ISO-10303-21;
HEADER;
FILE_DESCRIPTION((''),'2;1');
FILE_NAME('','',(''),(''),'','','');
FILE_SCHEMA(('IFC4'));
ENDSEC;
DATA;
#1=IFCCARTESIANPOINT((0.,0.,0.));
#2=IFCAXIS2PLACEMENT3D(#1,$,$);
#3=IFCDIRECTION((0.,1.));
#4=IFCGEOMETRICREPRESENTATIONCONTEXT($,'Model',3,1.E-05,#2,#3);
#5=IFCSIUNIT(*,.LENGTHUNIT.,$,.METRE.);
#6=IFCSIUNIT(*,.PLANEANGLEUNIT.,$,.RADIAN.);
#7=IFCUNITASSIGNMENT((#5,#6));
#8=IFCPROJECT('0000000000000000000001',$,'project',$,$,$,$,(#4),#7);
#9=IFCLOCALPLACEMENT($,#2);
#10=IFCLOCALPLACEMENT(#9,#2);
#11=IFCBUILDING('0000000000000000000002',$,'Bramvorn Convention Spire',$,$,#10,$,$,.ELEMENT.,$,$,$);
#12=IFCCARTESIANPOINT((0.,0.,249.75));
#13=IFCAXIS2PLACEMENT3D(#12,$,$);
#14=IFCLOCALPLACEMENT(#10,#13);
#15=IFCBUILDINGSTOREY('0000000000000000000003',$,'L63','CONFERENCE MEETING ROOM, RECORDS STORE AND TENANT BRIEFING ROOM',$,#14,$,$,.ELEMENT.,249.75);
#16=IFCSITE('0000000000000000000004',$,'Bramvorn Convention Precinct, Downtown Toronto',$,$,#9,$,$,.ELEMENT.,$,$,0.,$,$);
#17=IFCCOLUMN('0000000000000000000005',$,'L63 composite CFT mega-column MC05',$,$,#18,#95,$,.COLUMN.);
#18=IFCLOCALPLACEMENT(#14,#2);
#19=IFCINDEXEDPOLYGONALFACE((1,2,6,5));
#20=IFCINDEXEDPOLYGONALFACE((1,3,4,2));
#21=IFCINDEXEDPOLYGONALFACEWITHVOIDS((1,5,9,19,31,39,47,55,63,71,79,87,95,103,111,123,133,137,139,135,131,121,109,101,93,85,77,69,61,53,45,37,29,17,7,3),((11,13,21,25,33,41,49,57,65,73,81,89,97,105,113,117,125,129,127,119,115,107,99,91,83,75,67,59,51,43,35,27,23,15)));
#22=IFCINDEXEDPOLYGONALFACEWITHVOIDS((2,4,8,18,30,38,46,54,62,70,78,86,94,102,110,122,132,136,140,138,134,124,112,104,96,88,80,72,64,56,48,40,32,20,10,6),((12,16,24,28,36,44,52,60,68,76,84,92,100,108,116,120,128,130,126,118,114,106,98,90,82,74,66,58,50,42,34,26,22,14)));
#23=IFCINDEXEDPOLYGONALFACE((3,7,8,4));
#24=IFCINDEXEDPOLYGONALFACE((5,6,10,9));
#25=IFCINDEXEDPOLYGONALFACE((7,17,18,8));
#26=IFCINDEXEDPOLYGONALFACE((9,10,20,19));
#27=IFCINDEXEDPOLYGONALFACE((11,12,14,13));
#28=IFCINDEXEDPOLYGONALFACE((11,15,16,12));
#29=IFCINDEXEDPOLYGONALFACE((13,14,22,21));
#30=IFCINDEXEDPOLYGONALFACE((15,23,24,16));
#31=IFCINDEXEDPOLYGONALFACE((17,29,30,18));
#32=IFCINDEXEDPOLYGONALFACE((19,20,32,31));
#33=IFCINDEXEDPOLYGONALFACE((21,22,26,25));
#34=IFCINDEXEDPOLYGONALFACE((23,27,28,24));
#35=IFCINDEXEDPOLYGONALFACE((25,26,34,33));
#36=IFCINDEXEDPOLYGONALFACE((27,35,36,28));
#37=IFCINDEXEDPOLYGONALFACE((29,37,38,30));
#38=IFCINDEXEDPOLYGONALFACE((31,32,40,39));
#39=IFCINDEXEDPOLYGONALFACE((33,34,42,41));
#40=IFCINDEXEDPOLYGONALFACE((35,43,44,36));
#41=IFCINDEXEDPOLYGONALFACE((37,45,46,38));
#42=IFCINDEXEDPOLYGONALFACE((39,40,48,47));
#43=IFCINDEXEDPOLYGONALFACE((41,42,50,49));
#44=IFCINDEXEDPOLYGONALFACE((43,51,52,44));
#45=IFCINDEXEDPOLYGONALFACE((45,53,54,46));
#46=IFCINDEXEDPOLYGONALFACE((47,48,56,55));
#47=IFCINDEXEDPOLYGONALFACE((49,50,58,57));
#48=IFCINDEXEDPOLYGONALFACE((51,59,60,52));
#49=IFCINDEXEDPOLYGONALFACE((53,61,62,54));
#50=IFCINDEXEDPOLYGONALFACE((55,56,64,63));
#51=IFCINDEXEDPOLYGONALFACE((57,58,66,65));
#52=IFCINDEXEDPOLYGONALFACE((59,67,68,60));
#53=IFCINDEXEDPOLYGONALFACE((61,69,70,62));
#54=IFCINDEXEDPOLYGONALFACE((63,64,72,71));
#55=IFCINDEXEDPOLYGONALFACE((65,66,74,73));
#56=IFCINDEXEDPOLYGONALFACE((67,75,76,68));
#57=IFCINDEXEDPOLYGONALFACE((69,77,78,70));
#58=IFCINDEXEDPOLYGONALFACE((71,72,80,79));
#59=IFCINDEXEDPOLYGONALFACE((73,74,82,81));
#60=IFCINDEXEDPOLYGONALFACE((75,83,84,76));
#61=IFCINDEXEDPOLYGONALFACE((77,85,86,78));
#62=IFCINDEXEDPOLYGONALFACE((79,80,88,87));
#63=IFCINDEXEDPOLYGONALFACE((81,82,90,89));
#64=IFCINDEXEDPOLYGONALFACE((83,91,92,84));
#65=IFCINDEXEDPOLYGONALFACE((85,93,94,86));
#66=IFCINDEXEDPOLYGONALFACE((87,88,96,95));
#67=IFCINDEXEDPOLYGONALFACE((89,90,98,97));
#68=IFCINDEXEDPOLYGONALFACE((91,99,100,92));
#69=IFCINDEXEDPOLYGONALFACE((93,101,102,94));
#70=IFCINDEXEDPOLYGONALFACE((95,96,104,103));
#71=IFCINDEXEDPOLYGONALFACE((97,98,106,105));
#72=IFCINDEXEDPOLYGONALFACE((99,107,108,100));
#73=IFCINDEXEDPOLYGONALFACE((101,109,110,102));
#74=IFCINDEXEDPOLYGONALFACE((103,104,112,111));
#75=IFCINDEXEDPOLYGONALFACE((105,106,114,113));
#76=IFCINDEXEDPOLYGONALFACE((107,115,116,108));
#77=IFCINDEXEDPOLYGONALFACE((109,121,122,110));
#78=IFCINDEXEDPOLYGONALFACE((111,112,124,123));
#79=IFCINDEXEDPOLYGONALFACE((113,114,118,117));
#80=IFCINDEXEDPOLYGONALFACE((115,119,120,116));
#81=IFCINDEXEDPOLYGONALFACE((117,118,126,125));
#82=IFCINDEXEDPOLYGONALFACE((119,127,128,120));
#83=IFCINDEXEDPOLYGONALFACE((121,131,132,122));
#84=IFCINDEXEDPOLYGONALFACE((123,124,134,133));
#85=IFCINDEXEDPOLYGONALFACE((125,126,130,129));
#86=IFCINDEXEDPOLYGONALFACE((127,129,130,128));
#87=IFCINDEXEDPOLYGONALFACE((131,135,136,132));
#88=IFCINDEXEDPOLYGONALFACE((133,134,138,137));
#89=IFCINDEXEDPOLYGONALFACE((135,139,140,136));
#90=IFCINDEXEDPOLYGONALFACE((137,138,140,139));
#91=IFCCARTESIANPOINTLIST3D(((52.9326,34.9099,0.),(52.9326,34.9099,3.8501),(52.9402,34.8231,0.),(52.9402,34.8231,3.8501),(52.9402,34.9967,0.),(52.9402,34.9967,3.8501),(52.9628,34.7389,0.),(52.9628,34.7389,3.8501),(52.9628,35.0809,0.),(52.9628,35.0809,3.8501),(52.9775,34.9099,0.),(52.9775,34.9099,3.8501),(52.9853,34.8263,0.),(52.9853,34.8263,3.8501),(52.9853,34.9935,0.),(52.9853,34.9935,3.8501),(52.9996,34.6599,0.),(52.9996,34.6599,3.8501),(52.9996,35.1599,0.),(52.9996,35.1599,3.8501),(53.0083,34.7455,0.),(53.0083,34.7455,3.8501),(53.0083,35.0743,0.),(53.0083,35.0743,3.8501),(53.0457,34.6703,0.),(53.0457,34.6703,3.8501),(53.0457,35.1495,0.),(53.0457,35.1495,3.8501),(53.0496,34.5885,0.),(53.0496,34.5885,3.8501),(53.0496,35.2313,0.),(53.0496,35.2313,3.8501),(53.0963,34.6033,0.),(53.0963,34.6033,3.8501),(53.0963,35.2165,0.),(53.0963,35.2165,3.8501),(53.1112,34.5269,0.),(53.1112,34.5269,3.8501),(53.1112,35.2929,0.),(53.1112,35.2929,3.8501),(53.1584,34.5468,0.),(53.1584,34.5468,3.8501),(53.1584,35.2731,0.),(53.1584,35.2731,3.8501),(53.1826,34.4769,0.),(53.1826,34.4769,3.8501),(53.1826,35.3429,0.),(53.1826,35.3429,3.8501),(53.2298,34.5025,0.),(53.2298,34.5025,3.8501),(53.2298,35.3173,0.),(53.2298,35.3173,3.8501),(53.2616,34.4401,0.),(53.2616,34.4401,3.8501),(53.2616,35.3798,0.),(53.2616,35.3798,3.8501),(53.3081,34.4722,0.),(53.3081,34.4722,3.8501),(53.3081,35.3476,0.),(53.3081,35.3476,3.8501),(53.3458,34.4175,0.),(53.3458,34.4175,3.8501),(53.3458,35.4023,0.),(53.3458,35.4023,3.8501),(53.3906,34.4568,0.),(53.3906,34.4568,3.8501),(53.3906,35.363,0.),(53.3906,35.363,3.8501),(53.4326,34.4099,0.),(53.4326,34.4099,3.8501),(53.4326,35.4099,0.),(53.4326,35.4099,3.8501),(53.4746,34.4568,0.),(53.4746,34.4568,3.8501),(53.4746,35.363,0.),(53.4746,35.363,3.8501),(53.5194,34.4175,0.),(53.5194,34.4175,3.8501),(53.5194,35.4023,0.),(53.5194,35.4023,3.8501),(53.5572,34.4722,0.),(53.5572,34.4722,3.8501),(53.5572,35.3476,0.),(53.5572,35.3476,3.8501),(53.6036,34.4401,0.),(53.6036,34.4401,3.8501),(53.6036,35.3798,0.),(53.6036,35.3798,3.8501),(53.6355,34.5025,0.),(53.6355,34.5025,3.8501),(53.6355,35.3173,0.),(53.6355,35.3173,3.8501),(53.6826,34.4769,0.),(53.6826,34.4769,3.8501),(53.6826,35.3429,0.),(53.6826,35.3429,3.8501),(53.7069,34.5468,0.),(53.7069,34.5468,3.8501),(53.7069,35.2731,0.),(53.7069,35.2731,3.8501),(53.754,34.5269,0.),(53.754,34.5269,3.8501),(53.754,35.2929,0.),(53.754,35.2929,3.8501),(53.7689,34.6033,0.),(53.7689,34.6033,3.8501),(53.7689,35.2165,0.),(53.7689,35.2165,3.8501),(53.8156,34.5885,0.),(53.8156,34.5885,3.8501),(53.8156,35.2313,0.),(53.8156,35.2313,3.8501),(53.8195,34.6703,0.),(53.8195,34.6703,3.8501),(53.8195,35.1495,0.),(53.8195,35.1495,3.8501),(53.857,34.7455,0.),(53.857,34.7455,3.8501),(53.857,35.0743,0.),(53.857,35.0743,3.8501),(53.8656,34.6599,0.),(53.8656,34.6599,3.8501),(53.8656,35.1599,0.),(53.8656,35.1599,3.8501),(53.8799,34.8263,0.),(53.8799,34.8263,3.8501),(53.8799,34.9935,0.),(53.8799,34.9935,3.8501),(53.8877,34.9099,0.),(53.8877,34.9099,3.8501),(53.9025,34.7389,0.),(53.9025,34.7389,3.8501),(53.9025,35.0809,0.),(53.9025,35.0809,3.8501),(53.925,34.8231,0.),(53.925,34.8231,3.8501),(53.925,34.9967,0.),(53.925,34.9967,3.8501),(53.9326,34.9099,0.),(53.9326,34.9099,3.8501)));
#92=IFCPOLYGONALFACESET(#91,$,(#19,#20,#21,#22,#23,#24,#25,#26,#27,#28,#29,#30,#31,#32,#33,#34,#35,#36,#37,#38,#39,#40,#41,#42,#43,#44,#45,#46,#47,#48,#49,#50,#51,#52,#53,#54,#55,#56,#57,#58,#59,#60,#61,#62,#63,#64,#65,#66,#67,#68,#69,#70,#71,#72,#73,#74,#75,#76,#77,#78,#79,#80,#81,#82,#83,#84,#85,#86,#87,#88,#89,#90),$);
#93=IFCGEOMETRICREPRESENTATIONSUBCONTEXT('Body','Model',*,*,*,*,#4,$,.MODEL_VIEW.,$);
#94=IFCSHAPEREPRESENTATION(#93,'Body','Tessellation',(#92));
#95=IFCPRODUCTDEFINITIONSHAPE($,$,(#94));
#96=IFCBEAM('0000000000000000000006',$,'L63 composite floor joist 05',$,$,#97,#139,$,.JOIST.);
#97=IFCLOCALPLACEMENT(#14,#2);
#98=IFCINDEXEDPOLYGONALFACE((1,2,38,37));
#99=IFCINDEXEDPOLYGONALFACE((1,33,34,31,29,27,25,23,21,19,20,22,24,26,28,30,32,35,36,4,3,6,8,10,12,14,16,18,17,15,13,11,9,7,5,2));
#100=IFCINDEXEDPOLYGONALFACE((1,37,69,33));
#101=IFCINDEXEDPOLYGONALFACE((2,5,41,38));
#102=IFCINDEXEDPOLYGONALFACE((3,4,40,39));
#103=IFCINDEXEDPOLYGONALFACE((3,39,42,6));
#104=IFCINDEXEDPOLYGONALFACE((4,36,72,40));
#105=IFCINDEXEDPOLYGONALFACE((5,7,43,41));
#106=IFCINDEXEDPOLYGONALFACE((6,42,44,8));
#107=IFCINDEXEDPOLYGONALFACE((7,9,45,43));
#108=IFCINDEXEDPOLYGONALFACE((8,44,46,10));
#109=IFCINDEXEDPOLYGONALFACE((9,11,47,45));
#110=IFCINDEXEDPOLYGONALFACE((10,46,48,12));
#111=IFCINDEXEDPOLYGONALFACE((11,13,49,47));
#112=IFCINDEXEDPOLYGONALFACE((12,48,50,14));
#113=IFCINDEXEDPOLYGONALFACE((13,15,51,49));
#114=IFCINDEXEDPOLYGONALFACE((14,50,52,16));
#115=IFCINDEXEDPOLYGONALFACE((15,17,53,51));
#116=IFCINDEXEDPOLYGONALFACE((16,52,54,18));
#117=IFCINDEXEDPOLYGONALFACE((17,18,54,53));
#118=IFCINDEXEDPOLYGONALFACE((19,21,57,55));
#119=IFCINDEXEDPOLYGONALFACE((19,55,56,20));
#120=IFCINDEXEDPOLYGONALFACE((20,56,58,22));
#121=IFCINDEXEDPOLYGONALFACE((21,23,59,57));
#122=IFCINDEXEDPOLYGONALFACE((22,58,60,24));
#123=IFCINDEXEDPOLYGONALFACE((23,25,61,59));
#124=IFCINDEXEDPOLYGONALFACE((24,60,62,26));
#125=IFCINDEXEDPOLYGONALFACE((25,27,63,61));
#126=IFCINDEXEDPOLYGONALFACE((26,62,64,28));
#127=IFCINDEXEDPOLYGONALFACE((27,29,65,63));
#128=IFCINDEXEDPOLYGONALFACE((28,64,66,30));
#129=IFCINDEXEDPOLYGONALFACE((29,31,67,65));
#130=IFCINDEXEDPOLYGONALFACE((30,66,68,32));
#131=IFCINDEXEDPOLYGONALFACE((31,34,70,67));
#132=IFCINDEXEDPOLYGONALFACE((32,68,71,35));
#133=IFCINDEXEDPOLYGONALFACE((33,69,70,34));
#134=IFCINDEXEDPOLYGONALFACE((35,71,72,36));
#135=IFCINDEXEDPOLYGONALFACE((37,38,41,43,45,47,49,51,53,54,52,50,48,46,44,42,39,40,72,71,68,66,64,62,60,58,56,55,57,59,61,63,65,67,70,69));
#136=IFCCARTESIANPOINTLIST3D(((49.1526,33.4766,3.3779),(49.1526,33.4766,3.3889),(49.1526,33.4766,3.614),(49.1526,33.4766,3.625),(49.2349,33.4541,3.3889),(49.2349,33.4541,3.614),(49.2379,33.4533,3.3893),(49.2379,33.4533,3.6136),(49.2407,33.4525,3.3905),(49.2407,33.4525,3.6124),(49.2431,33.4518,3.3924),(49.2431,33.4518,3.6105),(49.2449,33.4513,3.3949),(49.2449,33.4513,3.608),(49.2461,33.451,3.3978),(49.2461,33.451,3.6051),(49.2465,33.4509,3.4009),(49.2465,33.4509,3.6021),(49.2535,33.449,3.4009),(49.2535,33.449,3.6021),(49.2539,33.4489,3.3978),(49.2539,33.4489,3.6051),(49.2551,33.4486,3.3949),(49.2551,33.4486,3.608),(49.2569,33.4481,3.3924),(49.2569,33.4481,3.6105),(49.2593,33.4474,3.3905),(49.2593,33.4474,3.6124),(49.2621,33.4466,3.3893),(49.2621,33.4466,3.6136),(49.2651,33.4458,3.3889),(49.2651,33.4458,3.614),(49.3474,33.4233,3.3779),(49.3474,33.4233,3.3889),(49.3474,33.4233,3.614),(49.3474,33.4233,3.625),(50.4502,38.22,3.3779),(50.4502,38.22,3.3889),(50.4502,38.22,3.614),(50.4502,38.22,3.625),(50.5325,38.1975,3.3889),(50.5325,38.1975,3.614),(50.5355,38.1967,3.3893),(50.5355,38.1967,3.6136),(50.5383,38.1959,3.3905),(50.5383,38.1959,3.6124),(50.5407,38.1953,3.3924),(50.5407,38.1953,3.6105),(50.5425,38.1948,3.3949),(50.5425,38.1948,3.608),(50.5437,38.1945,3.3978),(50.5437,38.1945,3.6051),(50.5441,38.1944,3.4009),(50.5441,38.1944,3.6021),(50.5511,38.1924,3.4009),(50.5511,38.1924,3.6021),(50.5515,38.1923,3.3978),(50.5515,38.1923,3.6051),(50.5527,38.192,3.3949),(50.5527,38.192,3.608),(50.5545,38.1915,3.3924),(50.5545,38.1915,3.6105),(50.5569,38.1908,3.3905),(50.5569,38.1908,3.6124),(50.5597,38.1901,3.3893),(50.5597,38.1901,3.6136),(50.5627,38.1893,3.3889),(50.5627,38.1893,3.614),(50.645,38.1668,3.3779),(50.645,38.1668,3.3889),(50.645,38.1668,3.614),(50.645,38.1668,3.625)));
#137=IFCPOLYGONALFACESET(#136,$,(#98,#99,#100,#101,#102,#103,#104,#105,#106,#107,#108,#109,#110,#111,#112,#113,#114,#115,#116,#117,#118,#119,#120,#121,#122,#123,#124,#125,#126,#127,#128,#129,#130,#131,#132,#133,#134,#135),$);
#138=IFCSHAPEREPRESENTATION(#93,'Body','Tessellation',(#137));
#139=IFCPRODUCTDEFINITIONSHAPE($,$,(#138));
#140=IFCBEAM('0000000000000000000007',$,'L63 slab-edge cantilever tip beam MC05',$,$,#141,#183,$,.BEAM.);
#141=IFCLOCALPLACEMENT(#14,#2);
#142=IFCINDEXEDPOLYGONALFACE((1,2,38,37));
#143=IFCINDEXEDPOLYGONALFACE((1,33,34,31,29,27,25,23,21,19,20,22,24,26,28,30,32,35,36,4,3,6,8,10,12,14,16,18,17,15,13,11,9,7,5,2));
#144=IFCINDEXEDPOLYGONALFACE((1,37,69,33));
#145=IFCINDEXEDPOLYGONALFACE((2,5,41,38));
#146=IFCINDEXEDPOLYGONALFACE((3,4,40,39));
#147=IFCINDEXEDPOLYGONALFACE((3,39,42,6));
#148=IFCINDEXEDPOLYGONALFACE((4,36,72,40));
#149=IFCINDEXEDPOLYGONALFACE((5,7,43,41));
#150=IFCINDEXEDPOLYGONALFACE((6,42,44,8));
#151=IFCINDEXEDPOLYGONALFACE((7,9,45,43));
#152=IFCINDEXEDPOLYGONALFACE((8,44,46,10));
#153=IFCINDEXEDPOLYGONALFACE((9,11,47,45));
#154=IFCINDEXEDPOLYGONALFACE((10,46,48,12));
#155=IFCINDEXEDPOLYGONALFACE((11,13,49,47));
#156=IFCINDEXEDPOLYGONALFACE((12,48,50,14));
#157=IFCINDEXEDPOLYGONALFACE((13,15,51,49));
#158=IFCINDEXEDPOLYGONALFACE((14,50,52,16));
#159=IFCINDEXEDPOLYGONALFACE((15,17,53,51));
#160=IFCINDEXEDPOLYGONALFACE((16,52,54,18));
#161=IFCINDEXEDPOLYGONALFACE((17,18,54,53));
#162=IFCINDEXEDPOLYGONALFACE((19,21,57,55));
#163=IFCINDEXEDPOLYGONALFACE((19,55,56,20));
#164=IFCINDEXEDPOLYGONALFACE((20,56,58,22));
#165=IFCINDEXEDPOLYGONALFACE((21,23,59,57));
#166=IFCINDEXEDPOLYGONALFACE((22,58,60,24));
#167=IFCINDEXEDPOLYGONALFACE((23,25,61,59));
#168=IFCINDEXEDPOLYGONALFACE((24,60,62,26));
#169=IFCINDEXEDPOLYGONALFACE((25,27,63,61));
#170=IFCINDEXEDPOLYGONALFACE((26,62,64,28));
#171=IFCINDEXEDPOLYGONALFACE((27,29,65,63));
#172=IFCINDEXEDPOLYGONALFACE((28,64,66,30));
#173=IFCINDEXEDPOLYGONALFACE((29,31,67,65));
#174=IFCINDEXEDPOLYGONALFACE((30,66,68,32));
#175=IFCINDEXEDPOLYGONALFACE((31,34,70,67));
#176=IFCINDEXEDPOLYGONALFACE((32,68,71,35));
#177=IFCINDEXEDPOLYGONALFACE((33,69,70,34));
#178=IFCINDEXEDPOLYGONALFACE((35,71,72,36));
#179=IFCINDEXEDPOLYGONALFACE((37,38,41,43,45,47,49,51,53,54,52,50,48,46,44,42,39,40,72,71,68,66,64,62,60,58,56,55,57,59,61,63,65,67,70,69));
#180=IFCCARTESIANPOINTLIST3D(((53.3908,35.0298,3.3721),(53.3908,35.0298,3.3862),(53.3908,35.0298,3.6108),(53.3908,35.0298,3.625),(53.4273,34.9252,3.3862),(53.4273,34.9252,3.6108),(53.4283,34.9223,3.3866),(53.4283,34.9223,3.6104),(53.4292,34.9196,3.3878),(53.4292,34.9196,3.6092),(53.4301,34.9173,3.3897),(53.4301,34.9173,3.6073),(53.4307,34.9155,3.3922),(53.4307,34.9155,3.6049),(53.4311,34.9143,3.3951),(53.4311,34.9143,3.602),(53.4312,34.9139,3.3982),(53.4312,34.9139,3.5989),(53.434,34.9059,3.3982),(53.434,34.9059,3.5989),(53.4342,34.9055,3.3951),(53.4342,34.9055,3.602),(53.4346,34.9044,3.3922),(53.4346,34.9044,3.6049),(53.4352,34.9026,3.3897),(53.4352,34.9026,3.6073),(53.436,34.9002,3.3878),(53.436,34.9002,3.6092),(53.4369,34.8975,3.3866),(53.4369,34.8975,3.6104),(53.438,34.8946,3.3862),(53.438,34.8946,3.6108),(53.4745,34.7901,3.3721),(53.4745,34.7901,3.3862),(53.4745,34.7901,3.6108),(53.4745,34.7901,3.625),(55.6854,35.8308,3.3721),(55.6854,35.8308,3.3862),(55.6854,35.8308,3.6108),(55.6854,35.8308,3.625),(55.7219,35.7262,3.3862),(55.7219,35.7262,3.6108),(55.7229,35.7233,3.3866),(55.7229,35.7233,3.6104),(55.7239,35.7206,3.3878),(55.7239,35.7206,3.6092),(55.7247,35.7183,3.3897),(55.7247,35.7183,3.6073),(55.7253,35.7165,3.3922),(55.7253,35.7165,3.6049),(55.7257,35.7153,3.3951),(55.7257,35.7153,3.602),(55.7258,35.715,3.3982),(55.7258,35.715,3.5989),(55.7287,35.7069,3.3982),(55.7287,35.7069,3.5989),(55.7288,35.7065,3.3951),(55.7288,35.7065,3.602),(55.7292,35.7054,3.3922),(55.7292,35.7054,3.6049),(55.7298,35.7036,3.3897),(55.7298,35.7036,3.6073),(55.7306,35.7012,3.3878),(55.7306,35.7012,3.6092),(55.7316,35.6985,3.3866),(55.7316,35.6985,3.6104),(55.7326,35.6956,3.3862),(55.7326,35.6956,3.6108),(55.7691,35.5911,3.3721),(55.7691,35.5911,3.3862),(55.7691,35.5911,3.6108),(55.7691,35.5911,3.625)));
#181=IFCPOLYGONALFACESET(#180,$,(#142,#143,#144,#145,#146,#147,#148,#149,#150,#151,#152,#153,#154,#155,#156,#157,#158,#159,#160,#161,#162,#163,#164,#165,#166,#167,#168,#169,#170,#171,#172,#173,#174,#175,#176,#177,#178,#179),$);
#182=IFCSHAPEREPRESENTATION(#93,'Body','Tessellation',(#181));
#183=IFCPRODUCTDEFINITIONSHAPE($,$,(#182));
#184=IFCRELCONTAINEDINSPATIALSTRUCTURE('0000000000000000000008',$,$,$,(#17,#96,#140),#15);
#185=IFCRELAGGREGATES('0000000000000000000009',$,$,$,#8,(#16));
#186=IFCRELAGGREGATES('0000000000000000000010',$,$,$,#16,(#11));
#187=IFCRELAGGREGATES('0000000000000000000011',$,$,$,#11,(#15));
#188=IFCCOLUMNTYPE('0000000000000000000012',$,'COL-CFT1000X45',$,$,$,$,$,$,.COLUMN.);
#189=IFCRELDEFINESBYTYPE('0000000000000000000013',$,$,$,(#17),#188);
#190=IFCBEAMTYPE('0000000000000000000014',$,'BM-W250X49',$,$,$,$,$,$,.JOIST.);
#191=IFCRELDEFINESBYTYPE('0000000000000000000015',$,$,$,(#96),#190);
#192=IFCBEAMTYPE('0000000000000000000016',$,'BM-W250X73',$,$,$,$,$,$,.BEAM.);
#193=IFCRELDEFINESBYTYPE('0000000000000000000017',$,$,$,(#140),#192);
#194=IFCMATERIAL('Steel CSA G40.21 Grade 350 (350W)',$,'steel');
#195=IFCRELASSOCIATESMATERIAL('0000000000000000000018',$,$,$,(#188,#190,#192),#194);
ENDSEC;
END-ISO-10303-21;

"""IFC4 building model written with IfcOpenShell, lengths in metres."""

from ifc_helpers import new_model, si_unit, direction, frame, origin, origin_2d, place, context, subcontext, project, spatial, hollow_circle, i_section, extrude, material, material_profile, profile_set, type_object, element, save


model = new_model("IFC4")

# Units and contexts
model_context = context("Model", 3, precision=1e-05, world=origin(), true_north=direction((0.0, 1.0)))
body_context = subcontext(model_context, "Body", "Model", "MODEL_VIEW")
ifc_project = project(units=[si_unit("LENGTHUNIT", "METRE"), si_unit("PLANEANGLEUNIT", "RADIAN")], contexts=[model_context])

# Site, building, storey
site_placement = place(None, origin())
site = spatial("IfcSite", under=ifc_project, at=site_placement, Name="Bramvorn Convention Precinct, Downtown Toronto", CompositionType="ELEMENT", RefElevation=0.0)
building_placement = place(site_placement, origin())
building = spatial("IfcBuilding", under=site, at=building_placement, Name="Bramvorn Convention Spire", CompositionType="ELEMENT")
storey_placement = place(building_placement, frame((0.0, 0.0, 249.75)))
storey = spatial("IfcBuildingStorey", under=building, at=storey_placement, Name="L63", Description="CONFERENCE MEETING ROOM, RECORDS STORE AND TENANT BRIEFING ROOM", CompositionType="ELEMENT", Elevation=249.75)

# Column
ifc_material_1 = material(Name="Steel CSA G40.21 Grade 350 (350W)", Category="steel")
ifc_material_profile_1 = material_profile(ifc_material_1, hollow_circle(Radius=0.5, WallThickness=0.0449, at=origin_2d()))
ifc_profile_set_1 = profile_set([ifc_material_profile_1], Name="Steel CSA G40.21 Grade 350 (350W) - CFT1000X45")
column_type = type_object("IfcColumnType", Name="COL-CFT1000X45", PredefinedType="COLUMN", material=ifc_profile_set_1)
column_placement = place(storey_placement, frame((53.4326, 34.9099, 0.0), z_axis=(0.0, 0.0, 1.0), x_axis=(1.0, 0.0, 0.0)))
element("IfcColumn", 1, at=column_placement, inside=storey, type_object=column_type, Name="L63 composite CFT mega-column MC05", PredefinedType="COLUMN", context=body_context, shape_type="SweptSolid", body=[
    extrude(hollow_circle(Radius=0.5, WallThickness=0.0449, at=origin_2d()), origin(), (0.0, 0.0, 1.0), 3.8501),
])

# Beams
ifc_material_profile_2 = material_profile(ifc_material_1, i_section(OverallWidth=0.2019, OverallDepth=0.2471, WebThickness=0.0073, FlangeThickness=0.011, FilletRadius=0.012, at=origin_2d()))
ifc_profile_set_2 = profile_set([ifc_material_profile_2], Name="Steel CSA G40.21 Grade 350 (350W) - W250X49")
beam_type_1 = type_object("IfcBeamType", Name="BM-W250X49", PredefinedType="JOIST", material=ifc_profile_set_2)
beam_1_placement = place(storey_placement, frame((49.25, 33.45, 3.5015), z_axis=(0.263865, 0.96456, 0.0), x_axis=(-0.96456, 0.263865, 0.0)))
element("IfcBeam", 2, at=beam_1_placement, inside=storey, type_object=beam_type_1, Name="L63 composite floor joist 05", PredefinedType="JOIST", context=body_context, shape_type="SweptSolid", body=[
    extrude(i_section(OverallWidth=0.2019, OverallDepth=0.2471, WebThickness=0.0073, FlangeThickness=0.011, FilletRadius=0.012, at=origin_2d()), origin(), (0.0, 0.0, 1.0), 4.9177),
])
ifc_material_profile_3 = material_profile(ifc_material_1, i_section(OverallWidth=0.2539, OverallDepth=0.2529, WebThickness=0.0085, FlangeThickness=0.0142, FilletRadius=0.012, at=origin_2d()))
ifc_profile_set_3 = profile_set([ifc_material_profile_3], Name="Steel CSA G40.21 Grade 350 (350W) - W250X73")
beam_type_2 = type_object("IfcBeamType", Name="BM-W250X73", PredefinedType="BEAM", material=ifc_profile_set_3)
beam_2_placement = place(storey_placement, frame((53.4326, 34.9099, 3.4985), z_axis=(0.944129, 0.329576, 0.0), x_axis=(-0.329576, 0.944129, 0.0)))
element("IfcBeam", 3, at=beam_2_placement, inside=storey, type_object=beam_type_2, Name="L63 slab-edge cantilever tip beam MC05", PredefinedType="BEAM", context=body_context, shape_type="SweptSolid", body=[
    extrude(i_section(OverallWidth=0.2539, OverallDepth=0.2529, WebThickness=0.0085, FlangeThickness=0.0142, FilletRadius=0.012, at=origin_2d()), origin(), (0.0, 0.0, 1.0), 2.4304),
])

save(model, "model.ifc")
